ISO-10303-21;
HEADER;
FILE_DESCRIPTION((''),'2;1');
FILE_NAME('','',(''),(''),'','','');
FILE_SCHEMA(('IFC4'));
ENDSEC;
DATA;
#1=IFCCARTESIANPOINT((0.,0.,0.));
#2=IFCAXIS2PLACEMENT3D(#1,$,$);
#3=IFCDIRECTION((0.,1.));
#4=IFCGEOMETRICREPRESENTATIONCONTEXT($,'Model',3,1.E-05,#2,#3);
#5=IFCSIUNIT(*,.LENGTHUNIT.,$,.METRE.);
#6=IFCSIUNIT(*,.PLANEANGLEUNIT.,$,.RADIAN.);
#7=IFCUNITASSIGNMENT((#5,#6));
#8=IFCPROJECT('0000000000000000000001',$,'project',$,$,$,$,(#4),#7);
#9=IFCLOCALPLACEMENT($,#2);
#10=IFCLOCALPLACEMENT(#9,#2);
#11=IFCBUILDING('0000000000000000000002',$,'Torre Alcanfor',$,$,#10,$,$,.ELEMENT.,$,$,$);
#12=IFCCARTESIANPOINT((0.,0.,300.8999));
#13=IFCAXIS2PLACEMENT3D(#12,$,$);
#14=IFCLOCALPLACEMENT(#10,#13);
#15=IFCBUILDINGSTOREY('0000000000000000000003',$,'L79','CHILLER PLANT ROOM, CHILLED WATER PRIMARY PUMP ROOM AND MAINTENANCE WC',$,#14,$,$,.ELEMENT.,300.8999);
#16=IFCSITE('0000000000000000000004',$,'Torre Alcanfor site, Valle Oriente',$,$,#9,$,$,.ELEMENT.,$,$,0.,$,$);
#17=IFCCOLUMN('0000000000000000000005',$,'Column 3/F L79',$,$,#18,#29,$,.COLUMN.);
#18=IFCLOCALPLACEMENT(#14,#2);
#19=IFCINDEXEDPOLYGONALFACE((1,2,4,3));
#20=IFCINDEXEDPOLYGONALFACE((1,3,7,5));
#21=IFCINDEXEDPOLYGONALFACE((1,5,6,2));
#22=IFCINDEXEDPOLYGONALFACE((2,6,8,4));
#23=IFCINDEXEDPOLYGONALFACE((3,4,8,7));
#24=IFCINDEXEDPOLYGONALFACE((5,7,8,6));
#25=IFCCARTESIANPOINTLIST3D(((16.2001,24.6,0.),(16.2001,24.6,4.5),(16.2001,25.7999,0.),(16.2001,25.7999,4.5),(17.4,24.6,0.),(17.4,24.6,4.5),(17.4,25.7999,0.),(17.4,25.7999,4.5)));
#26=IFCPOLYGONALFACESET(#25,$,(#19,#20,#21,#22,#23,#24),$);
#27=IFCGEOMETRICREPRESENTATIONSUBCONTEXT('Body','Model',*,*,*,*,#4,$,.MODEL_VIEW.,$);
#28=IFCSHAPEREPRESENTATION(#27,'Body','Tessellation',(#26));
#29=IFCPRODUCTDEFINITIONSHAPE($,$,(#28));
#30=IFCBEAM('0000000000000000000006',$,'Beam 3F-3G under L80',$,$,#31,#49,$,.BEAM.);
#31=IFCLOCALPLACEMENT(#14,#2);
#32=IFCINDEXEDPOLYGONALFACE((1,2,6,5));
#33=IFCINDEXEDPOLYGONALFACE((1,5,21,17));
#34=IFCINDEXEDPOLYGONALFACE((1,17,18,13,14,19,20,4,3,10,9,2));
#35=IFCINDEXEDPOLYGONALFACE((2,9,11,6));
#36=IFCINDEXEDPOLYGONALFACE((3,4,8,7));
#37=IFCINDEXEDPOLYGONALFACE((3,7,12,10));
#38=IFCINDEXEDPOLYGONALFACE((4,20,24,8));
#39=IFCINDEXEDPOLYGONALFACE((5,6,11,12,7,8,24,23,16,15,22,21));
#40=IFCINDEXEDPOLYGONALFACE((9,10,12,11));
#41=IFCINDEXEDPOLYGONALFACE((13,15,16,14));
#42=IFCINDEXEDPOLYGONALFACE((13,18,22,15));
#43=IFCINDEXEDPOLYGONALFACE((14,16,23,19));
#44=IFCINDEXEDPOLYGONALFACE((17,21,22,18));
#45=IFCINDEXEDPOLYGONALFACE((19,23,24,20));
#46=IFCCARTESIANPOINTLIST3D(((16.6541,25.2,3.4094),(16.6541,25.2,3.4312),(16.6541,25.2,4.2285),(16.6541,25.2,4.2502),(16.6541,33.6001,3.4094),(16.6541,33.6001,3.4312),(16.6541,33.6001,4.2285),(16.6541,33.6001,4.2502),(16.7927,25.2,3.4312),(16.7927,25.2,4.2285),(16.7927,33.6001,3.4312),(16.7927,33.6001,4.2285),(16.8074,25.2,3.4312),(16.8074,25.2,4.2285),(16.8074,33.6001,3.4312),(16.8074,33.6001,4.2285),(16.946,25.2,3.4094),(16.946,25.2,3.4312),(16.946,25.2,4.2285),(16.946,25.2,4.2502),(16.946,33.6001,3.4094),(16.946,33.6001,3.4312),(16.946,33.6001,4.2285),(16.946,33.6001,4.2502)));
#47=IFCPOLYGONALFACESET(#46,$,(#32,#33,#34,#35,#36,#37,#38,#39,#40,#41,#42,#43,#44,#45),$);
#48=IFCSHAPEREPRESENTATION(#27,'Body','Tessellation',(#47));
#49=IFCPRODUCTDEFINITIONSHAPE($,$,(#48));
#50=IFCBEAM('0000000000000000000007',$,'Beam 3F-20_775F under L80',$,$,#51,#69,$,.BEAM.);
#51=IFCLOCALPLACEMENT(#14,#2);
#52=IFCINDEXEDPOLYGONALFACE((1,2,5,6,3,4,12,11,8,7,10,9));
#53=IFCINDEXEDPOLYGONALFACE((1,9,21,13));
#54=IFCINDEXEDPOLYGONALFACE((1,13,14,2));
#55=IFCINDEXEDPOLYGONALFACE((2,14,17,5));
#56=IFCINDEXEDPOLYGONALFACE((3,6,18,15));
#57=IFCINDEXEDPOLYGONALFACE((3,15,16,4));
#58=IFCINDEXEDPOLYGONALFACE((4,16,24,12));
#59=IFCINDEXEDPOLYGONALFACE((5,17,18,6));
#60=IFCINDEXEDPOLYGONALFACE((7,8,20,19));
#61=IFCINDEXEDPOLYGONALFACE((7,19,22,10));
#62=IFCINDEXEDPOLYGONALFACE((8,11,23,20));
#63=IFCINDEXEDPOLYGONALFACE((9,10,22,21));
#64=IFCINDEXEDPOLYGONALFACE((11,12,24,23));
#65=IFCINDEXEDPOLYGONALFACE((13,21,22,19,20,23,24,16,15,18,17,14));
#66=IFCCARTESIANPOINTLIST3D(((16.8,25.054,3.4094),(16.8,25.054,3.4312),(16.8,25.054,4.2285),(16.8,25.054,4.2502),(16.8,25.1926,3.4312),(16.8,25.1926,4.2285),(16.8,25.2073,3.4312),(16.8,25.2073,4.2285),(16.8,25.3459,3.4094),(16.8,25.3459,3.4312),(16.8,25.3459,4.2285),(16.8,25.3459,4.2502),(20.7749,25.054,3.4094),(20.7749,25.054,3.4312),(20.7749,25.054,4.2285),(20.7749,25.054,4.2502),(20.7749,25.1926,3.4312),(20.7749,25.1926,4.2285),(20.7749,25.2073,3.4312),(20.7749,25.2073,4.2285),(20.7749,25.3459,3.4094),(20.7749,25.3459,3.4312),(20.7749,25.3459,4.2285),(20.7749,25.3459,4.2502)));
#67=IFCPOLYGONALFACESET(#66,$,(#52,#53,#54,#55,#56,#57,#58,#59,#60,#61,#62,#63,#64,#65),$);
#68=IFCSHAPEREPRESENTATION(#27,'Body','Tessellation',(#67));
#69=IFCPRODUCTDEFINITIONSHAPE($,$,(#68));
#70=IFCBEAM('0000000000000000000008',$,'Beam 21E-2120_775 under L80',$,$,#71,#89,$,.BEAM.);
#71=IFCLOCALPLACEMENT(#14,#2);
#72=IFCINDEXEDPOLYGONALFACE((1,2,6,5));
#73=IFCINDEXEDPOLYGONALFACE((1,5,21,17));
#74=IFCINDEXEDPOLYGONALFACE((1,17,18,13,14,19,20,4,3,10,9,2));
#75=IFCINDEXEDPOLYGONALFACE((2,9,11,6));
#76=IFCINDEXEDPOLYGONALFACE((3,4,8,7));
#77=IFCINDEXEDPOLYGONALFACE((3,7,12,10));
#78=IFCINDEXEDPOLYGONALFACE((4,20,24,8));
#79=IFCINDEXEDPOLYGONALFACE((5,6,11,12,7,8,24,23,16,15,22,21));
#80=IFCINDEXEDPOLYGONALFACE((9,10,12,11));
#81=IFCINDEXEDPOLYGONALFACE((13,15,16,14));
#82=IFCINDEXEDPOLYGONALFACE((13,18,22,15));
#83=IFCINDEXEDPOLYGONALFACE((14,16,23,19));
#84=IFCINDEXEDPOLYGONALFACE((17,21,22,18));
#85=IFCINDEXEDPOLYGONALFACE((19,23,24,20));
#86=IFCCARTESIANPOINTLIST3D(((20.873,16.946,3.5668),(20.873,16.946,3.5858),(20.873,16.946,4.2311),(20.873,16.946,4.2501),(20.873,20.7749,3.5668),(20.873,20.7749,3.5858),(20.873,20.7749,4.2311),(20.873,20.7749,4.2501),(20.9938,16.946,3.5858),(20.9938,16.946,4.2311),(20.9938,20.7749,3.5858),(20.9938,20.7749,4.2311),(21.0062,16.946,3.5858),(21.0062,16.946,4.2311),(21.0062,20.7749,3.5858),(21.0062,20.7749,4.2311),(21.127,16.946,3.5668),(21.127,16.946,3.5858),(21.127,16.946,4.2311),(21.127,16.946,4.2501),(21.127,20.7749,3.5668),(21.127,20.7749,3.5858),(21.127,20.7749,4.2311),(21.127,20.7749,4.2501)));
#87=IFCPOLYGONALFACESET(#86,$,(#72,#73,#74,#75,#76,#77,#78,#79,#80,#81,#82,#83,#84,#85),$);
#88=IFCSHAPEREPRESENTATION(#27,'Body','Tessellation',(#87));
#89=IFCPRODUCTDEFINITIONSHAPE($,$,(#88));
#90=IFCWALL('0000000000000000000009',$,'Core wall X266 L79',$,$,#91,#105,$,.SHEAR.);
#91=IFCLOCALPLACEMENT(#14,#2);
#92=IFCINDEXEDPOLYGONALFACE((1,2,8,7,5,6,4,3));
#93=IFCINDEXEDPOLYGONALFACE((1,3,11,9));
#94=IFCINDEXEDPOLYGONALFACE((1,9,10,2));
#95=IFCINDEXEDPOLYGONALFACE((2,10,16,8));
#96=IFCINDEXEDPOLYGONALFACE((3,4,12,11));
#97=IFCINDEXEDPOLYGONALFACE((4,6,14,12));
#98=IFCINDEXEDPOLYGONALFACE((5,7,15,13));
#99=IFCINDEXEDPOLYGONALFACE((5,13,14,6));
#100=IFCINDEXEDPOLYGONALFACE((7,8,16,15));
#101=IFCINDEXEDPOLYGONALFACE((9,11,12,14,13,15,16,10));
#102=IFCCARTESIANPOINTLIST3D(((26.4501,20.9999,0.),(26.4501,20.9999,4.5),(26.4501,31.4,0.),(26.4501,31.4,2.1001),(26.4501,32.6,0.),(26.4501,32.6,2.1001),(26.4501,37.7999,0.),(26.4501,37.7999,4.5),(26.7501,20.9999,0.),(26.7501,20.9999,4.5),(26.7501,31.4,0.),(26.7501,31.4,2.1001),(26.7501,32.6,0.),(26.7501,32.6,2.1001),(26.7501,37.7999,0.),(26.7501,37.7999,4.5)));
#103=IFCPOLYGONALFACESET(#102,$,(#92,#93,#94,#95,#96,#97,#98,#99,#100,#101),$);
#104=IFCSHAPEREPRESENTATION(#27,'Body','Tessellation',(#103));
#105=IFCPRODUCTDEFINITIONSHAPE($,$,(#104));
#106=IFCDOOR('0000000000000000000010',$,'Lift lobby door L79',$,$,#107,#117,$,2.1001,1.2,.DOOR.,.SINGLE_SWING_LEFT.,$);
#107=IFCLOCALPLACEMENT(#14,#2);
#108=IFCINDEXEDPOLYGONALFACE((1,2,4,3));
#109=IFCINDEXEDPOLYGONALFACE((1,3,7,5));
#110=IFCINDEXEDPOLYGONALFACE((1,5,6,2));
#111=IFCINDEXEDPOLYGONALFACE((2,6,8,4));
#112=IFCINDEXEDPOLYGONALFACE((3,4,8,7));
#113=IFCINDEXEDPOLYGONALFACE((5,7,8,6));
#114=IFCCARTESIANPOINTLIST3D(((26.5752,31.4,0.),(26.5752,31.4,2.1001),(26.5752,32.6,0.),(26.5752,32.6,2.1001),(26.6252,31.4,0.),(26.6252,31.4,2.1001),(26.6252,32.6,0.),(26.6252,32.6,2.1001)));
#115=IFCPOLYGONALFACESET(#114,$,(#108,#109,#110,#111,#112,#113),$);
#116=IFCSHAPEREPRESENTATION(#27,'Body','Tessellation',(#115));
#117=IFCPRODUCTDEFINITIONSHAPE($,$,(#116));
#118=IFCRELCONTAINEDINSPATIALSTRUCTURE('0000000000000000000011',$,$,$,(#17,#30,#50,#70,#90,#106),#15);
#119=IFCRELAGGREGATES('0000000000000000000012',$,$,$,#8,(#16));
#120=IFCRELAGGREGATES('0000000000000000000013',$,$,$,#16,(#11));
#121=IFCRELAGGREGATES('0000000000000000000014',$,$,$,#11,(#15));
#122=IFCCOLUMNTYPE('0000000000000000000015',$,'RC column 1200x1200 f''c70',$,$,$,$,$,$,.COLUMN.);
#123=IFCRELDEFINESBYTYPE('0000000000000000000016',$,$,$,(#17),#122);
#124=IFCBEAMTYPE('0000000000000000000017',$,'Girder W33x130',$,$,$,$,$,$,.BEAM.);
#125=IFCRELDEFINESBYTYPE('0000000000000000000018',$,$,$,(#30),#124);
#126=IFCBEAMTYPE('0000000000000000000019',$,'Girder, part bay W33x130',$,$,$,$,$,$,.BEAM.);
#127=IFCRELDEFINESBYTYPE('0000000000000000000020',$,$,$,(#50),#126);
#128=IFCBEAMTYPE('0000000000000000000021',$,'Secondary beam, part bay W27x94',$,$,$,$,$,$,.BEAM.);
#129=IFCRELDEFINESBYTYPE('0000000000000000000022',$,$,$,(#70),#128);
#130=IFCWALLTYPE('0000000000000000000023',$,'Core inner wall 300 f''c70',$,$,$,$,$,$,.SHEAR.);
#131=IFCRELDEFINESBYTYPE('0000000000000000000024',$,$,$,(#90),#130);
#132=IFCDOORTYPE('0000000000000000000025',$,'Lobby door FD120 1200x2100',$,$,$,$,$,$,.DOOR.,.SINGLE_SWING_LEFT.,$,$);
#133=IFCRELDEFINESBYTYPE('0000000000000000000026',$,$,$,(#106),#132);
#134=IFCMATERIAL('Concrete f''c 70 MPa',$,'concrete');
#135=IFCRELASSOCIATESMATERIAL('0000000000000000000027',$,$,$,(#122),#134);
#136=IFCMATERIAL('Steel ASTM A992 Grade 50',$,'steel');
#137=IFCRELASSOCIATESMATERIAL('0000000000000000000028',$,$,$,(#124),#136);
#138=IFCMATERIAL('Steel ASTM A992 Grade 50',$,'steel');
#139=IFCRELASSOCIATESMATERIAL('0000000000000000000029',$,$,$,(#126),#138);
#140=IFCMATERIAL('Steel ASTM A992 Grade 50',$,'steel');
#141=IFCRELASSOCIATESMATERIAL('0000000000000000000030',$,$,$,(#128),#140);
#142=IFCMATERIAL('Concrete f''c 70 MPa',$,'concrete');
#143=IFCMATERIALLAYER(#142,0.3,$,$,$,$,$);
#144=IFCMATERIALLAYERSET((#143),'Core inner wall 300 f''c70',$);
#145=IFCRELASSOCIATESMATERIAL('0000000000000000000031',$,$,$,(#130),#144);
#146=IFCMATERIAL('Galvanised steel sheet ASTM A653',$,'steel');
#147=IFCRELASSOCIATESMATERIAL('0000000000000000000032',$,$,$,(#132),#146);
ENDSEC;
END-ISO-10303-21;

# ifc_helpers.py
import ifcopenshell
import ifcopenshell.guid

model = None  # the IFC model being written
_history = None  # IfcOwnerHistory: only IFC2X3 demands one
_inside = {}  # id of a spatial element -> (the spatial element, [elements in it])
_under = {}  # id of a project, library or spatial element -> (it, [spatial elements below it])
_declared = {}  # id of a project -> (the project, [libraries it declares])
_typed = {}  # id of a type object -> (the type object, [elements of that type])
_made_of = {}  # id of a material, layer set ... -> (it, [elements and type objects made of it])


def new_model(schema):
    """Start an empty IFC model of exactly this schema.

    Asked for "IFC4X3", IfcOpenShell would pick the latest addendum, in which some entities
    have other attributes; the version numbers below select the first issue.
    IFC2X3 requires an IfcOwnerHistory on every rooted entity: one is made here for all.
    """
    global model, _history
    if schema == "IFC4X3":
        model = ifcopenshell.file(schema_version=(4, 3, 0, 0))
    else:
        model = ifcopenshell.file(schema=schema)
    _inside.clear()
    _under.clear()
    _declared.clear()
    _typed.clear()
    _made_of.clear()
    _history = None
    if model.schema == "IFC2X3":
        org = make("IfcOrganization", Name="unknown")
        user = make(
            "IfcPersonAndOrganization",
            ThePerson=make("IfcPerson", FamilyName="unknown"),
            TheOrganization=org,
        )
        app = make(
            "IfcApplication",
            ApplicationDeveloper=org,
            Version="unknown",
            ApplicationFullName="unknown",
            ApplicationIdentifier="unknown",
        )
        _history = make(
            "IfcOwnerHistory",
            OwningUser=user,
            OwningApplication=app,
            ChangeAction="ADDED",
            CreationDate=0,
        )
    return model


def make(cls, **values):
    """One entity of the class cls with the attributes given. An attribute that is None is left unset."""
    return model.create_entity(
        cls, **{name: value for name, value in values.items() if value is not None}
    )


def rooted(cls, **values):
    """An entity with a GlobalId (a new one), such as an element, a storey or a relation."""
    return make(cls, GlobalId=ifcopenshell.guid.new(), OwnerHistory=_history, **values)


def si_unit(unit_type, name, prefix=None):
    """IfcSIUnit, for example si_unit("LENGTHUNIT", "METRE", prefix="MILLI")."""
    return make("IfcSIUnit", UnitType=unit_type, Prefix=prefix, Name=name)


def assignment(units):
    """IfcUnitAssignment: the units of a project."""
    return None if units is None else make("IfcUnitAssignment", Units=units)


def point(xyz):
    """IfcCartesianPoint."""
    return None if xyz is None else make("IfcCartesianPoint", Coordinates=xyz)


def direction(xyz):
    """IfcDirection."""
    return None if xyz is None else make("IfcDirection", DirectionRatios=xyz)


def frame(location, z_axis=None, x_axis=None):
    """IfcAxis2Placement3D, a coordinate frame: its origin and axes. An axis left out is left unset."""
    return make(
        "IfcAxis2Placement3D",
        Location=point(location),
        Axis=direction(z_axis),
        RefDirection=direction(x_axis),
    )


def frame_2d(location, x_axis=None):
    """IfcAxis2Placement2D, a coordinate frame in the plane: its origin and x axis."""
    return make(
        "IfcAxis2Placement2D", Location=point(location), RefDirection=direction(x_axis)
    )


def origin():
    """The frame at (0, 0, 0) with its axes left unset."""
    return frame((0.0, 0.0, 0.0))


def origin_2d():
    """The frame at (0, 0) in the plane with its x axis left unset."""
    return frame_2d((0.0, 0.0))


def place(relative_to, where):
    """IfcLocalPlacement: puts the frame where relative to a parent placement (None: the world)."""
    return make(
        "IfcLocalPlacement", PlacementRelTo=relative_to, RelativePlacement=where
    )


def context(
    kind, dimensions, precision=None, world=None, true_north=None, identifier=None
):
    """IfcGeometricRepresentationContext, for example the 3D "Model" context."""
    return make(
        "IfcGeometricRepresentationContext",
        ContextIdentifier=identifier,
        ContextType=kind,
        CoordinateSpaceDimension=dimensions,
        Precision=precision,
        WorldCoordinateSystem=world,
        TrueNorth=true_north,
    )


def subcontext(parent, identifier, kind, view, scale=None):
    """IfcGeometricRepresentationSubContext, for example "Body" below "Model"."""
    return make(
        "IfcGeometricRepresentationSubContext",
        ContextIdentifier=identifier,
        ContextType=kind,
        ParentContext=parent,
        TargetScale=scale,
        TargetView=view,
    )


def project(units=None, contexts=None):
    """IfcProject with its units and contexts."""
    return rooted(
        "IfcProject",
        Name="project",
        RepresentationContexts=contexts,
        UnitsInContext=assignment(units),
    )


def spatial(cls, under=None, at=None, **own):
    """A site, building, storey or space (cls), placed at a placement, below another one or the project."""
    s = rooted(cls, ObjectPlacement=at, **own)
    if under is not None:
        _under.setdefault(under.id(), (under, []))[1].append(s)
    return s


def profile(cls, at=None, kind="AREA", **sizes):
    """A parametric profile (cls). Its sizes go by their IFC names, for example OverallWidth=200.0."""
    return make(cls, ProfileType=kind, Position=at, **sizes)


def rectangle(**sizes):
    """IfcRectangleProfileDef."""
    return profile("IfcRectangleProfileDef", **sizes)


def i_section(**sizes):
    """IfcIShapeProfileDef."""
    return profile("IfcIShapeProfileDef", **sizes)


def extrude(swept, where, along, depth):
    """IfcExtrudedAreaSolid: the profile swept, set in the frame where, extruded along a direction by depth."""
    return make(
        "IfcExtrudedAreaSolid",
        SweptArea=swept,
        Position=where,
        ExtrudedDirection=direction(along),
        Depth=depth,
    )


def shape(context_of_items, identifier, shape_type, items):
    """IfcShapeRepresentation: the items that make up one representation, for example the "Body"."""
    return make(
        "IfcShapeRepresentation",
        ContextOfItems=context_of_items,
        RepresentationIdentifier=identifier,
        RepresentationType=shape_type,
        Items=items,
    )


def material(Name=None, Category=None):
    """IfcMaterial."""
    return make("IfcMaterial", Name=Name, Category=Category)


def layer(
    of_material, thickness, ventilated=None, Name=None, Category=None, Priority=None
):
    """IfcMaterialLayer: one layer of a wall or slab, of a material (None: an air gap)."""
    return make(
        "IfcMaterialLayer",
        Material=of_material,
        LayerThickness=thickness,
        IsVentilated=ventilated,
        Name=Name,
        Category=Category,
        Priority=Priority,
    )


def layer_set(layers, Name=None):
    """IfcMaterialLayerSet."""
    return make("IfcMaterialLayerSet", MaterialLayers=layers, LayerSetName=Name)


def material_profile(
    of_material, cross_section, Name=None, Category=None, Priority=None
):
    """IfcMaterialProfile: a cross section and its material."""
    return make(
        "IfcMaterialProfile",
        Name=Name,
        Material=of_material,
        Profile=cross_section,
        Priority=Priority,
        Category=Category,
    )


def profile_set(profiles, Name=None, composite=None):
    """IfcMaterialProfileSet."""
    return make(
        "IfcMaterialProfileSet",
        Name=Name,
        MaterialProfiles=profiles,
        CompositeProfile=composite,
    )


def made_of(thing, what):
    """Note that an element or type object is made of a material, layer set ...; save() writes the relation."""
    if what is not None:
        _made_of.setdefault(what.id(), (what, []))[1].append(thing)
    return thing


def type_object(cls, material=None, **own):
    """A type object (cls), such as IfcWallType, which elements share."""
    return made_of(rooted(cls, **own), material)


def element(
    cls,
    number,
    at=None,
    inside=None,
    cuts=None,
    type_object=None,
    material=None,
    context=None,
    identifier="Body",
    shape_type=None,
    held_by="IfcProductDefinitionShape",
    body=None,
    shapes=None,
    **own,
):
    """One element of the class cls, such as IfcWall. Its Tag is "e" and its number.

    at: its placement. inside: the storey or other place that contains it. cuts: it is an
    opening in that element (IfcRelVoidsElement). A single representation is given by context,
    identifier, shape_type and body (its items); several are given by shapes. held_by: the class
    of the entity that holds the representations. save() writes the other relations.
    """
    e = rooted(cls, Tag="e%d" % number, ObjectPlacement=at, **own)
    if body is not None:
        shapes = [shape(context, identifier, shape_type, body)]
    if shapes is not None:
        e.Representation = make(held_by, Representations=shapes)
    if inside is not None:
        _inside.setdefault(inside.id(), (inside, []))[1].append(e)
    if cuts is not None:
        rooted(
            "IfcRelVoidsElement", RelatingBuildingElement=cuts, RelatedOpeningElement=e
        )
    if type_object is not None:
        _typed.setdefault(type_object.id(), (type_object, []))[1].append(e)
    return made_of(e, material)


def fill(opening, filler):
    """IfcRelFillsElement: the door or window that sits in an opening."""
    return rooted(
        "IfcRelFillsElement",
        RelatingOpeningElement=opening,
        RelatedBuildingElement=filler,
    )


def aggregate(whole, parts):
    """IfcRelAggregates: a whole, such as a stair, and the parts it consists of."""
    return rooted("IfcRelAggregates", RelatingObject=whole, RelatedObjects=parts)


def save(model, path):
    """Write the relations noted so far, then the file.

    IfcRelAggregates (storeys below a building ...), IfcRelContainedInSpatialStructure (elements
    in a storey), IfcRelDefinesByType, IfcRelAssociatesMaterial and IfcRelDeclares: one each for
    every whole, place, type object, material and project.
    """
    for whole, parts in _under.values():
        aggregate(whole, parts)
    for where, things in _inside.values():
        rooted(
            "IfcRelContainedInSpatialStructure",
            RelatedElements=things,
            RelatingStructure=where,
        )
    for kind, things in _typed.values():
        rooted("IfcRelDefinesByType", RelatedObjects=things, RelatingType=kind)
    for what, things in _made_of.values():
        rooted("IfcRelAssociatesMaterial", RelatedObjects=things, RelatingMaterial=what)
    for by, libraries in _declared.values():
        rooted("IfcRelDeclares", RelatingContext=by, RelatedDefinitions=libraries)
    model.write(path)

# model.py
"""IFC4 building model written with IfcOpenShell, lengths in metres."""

from ifc_helpers import new_model, si_unit, direction, frame, frame_2d, origin, origin_2d, place, context, subcontext, project, spatial, rectangle, i_section, extrude, material, layer, layer_set, material_profile, profile_set, type_object, element, fill, save


model = new_model("IFC4")

# Units and contexts
model_context = context("Model", 3, precision=1e-05, world=origin(), true_north=direction((0.0, 1.0)))
body_context = subcontext(model_context, "Body", "Model", "MODEL_VIEW")
ifc_project = project(units=[si_unit("LENGTHUNIT", "METRE"), si_unit("PLANEANGLEUNIT", "RADIAN")], contexts=[model_context])

# Site, building, storey
site_placement = place(None, origin())
site = spatial("IfcSite", under=ifc_project, at=site_placement, Name="Torre Alcanfor site, Valle Oriente", CompositionType="ELEMENT", RefElevation=0.0)
building_placement = place(site_placement, origin())
building = spatial("IfcBuilding", under=site, at=building_placement, Name="Torre Alcanfor", CompositionType="ELEMENT")
storey_placement = place(building_placement, frame((0.0, 0.0, 300.8999)))
storey = spatial("IfcBuildingStorey", under=building, at=storey_placement, Name="L79", Description="CHILLER PLANT ROOM, CHILLED WATER PRIMARY PUMP ROOM AND MAINTENANCE WC", CompositionType="ELEMENT", Elevation=300.8999)

# Column
ifc_material_1 = material(Name="Concrete f'c 70 MPa", Category="concrete")
ifc_material_profile_1 = material_profile(ifc_material_1, rectangle(XDim=1.2, YDim=1.2, at=origin_2d()), Name="1200x1200")
ifc_profile_set_1 = profile_set([ifc_material_profile_1], Name="Concrete f'c 70 MPa")
column_type = type_object("IfcColumnType", Name="RC column 1200x1200 f'c70", PredefinedType="COLUMN", material=ifc_profile_set_1)
column_placement = place(storey_placement, frame((16.8, 25.2, 0.0), z_axis=(0.0, 0.0, 1.0), x_axis=(1.0, 0.0, 0.0)))
element("IfcColumn", 1, at=column_placement, inside=storey, type_object=column_type, Name="Column 3/F L79", PredefinedType="COLUMN", context=body_context, shape_type="SweptSolid", body=[
    extrude(rectangle(XDim=1.2, YDim=1.2, at=origin_2d()), origin(), (0.0, 0.0, 1.0), 4.5),
])

# Beams
ifc_material_2 = material(Name="Steel ASTM A992 Grade 50", Category="steel")
ifc_material_profile_2 = material_profile(ifc_material_2, i_section(OverallWidth=0.292, OverallDepth=0.8408, WebThickness=0.0146, FlangeThickness=0.0217, at=origin_2d()), Name="W33x130")
ifc_profile_set_2 = profile_set([ifc_material_profile_2], Name="Steel ASTM A992 Grade 50")
beam_type_1 = type_object("IfcBeamType", Name="Girder W33x130", PredefinedType="BEAM", material=ifc_profile_set_2)
beam_1_placement = place(storey_placement, frame((16.8, 25.2, 3.8298), z_axis=(0.0, 1.0, 0.0), x_axis=(-1.0, 0.0, 0.0)))
element("IfcBeam", 2, at=beam_1_placement, inside=storey, type_object=beam_type_1, Name="Beam 3F-3G under L80", PredefinedType="BEAM", context=body_context, shape_type="SweptSolid", body=[
    extrude(i_section(OverallWidth=0.292, OverallDepth=0.8408, WebThickness=0.0146, FlangeThickness=0.0217, at=origin_2d()), origin(), (0.0, 0.0, 1.0), 8.4001),
])
ifc_material_3 = material(Name="Steel ASTM A992 Grade 50", Category="steel")
ifc_material_profile_3 = material_profile(ifc_material_3, i_section(OverallWidth=0.292, OverallDepth=0.8408, WebThickness=0.0146, FlangeThickness=0.0217, at=origin_2d()), Name="W33x130")
ifc_profile_set_3 = profile_set([ifc_material_profile_3], Name="Steel ASTM A992 Grade 50")
beam_type_2 = type_object("IfcBeamType", Name="Girder, part bay W33x130", PredefinedType="BEAM", material=ifc_profile_set_3)
beam_2_placement = place(storey_placement, frame((16.8, 25.2, 3.8298), z_axis=(1.0, 0.0, 0.0), x_axis=(0.0, 1.0, 0.0)))
element("IfcBeam", 3, at=beam_2_placement, inside=storey, type_object=beam_type_2, Name="Beam 3F-20_775F under L80", PredefinedType="BEAM", context=body_context, shape_type="SweptSolid", body=[
    extrude(i_section(OverallWidth=0.292, OverallDepth=0.8408, WebThickness=0.0146, FlangeThickness=0.0217, at=origin_2d()), origin(), (0.0, 0.0, 1.0), 3.9749),
])
ifc_material_4 = material(Name="Steel ASTM A992 Grade 50", Category="steel")
ifc_material_profile_4 = material_profile(ifc_material_4, i_section(OverallWidth=0.2539, OverallDepth=0.6833, WebThickness=0.0125, FlangeThickness=0.019, at=origin_2d()), Name="W27x94")
ifc_profile_set_4 = profile_set([ifc_material_profile_4], Name="Steel ASTM A992 Grade 50")
beam_type_3 = type_object("IfcBeamType", Name="Secondary beam, part bay W27x94", PredefinedType="BEAM", material=ifc_profile_set_4)
beam_3_placement = place(storey_placement, frame((21.0, 16.946, 3.9084), z_axis=(0.0, 1.0, 0.0), x_axis=(-1.0, 0.0, 0.0)))
element("IfcBeam", 4, at=beam_3_placement, inside=storey, type_object=beam_type_3, Name="Beam 21E-2120_775 under L80", PredefinedType="BEAM", context=body_context, shape_type="SweptSolid", body=[
    extrude(i_section(OverallWidth=0.2539, OverallDepth=0.6833, WebThickness=0.0125, FlangeThickness=0.019, at=origin_2d()), origin(), (0.0, 0.0, 1.0), 3.8289),
])

# Wall, opening, door
ifc_material_5 = material(Name="Concrete f'c 70 MPa", Category="concrete")
ifc_layer_1 = layer(ifc_material_5, 0.3)
ifc_layer_set_1 = layer_set([ifc_layer_1], Name="Core inner wall 300 f'c70")
wall_type_1 = type_object("IfcWallType", Name="Core inner wall 300 f'c70", PredefinedType="SHEAR", material=ifc_layer_set_1)
wall_1_placement = place(storey_placement, frame((26.6001, 21.0, 0.0), z_axis=(0.0, 0.0, 1.0), x_axis=(0.0, 1.0, 0.0)))
wall_1 = element("IfcWall", 5, at=wall_1_placement, inside=storey, type_object=wall_type_1, Name="Core wall X266 L79", PredefinedType="SHEAR", context=body_context, shape_type="SweptSolid", body=[
    extrude(rectangle(XDim=16.8, YDim=0.3, at=frame_2d((8.3999, 0.0))), origin(), (0.0, 0.0, 1.0), 4.5),
])
opening_1_placement = place(wall_1_placement, frame((10.3999, 0.0, 0.0)))
opening_1 = element("IfcOpeningElement", 6, at=opening_1_placement, cuts=wall_1, PredefinedType="OPENING", context=body_context, shape_type="SweptSolid", body=[
    extrude(rectangle(XDim=1.2, YDim=2.1001, at=frame_2d((0.6001, 1.05))), frame((0.0, 0.1599, 0.0), z_axis=(0.0, -1.0, 0.0), x_axis=(1.0, 0.0, 0.0)), (0.0, 0.0, 1.0), 0.3201),
])
ifc_material_6 = material(Name="Galvanised steel sheet ASTM A653", Category="steel")
door_type_1 = type_object("IfcDoorType", Name="Lobby door FD120 1200x2100", OperationType="SINGLE_SWING_LEFT", PredefinedType="DOOR", material=ifc_material_6)
door_1_placement = place(opening_1_placement, origin())
door_1 = element("IfcDoor", 7, at=door_1_placement, inside=storey, type_object=door_type_1, Name="Lift lobby door L79", OperationType="SINGLE_SWING_LEFT", OverallHeight=2.1001, OverallWidth=1.2, PredefinedType="DOOR", context=body_context, shape_type="SweptSolid", body=[
    extrude(rectangle(XDim=1.2, YDim=2.1001, at=frame_2d((0.6001, 1.05))), frame((0.0, 0.0249, 0.0), z_axis=(0.0, -1.0, 0.0), x_axis=(1.0, 0.0, 0.0)), (0.0, 0.0, 1.0), 0.05),
])
fill(opening_1, door_1)

save(model, "model.ifc")
